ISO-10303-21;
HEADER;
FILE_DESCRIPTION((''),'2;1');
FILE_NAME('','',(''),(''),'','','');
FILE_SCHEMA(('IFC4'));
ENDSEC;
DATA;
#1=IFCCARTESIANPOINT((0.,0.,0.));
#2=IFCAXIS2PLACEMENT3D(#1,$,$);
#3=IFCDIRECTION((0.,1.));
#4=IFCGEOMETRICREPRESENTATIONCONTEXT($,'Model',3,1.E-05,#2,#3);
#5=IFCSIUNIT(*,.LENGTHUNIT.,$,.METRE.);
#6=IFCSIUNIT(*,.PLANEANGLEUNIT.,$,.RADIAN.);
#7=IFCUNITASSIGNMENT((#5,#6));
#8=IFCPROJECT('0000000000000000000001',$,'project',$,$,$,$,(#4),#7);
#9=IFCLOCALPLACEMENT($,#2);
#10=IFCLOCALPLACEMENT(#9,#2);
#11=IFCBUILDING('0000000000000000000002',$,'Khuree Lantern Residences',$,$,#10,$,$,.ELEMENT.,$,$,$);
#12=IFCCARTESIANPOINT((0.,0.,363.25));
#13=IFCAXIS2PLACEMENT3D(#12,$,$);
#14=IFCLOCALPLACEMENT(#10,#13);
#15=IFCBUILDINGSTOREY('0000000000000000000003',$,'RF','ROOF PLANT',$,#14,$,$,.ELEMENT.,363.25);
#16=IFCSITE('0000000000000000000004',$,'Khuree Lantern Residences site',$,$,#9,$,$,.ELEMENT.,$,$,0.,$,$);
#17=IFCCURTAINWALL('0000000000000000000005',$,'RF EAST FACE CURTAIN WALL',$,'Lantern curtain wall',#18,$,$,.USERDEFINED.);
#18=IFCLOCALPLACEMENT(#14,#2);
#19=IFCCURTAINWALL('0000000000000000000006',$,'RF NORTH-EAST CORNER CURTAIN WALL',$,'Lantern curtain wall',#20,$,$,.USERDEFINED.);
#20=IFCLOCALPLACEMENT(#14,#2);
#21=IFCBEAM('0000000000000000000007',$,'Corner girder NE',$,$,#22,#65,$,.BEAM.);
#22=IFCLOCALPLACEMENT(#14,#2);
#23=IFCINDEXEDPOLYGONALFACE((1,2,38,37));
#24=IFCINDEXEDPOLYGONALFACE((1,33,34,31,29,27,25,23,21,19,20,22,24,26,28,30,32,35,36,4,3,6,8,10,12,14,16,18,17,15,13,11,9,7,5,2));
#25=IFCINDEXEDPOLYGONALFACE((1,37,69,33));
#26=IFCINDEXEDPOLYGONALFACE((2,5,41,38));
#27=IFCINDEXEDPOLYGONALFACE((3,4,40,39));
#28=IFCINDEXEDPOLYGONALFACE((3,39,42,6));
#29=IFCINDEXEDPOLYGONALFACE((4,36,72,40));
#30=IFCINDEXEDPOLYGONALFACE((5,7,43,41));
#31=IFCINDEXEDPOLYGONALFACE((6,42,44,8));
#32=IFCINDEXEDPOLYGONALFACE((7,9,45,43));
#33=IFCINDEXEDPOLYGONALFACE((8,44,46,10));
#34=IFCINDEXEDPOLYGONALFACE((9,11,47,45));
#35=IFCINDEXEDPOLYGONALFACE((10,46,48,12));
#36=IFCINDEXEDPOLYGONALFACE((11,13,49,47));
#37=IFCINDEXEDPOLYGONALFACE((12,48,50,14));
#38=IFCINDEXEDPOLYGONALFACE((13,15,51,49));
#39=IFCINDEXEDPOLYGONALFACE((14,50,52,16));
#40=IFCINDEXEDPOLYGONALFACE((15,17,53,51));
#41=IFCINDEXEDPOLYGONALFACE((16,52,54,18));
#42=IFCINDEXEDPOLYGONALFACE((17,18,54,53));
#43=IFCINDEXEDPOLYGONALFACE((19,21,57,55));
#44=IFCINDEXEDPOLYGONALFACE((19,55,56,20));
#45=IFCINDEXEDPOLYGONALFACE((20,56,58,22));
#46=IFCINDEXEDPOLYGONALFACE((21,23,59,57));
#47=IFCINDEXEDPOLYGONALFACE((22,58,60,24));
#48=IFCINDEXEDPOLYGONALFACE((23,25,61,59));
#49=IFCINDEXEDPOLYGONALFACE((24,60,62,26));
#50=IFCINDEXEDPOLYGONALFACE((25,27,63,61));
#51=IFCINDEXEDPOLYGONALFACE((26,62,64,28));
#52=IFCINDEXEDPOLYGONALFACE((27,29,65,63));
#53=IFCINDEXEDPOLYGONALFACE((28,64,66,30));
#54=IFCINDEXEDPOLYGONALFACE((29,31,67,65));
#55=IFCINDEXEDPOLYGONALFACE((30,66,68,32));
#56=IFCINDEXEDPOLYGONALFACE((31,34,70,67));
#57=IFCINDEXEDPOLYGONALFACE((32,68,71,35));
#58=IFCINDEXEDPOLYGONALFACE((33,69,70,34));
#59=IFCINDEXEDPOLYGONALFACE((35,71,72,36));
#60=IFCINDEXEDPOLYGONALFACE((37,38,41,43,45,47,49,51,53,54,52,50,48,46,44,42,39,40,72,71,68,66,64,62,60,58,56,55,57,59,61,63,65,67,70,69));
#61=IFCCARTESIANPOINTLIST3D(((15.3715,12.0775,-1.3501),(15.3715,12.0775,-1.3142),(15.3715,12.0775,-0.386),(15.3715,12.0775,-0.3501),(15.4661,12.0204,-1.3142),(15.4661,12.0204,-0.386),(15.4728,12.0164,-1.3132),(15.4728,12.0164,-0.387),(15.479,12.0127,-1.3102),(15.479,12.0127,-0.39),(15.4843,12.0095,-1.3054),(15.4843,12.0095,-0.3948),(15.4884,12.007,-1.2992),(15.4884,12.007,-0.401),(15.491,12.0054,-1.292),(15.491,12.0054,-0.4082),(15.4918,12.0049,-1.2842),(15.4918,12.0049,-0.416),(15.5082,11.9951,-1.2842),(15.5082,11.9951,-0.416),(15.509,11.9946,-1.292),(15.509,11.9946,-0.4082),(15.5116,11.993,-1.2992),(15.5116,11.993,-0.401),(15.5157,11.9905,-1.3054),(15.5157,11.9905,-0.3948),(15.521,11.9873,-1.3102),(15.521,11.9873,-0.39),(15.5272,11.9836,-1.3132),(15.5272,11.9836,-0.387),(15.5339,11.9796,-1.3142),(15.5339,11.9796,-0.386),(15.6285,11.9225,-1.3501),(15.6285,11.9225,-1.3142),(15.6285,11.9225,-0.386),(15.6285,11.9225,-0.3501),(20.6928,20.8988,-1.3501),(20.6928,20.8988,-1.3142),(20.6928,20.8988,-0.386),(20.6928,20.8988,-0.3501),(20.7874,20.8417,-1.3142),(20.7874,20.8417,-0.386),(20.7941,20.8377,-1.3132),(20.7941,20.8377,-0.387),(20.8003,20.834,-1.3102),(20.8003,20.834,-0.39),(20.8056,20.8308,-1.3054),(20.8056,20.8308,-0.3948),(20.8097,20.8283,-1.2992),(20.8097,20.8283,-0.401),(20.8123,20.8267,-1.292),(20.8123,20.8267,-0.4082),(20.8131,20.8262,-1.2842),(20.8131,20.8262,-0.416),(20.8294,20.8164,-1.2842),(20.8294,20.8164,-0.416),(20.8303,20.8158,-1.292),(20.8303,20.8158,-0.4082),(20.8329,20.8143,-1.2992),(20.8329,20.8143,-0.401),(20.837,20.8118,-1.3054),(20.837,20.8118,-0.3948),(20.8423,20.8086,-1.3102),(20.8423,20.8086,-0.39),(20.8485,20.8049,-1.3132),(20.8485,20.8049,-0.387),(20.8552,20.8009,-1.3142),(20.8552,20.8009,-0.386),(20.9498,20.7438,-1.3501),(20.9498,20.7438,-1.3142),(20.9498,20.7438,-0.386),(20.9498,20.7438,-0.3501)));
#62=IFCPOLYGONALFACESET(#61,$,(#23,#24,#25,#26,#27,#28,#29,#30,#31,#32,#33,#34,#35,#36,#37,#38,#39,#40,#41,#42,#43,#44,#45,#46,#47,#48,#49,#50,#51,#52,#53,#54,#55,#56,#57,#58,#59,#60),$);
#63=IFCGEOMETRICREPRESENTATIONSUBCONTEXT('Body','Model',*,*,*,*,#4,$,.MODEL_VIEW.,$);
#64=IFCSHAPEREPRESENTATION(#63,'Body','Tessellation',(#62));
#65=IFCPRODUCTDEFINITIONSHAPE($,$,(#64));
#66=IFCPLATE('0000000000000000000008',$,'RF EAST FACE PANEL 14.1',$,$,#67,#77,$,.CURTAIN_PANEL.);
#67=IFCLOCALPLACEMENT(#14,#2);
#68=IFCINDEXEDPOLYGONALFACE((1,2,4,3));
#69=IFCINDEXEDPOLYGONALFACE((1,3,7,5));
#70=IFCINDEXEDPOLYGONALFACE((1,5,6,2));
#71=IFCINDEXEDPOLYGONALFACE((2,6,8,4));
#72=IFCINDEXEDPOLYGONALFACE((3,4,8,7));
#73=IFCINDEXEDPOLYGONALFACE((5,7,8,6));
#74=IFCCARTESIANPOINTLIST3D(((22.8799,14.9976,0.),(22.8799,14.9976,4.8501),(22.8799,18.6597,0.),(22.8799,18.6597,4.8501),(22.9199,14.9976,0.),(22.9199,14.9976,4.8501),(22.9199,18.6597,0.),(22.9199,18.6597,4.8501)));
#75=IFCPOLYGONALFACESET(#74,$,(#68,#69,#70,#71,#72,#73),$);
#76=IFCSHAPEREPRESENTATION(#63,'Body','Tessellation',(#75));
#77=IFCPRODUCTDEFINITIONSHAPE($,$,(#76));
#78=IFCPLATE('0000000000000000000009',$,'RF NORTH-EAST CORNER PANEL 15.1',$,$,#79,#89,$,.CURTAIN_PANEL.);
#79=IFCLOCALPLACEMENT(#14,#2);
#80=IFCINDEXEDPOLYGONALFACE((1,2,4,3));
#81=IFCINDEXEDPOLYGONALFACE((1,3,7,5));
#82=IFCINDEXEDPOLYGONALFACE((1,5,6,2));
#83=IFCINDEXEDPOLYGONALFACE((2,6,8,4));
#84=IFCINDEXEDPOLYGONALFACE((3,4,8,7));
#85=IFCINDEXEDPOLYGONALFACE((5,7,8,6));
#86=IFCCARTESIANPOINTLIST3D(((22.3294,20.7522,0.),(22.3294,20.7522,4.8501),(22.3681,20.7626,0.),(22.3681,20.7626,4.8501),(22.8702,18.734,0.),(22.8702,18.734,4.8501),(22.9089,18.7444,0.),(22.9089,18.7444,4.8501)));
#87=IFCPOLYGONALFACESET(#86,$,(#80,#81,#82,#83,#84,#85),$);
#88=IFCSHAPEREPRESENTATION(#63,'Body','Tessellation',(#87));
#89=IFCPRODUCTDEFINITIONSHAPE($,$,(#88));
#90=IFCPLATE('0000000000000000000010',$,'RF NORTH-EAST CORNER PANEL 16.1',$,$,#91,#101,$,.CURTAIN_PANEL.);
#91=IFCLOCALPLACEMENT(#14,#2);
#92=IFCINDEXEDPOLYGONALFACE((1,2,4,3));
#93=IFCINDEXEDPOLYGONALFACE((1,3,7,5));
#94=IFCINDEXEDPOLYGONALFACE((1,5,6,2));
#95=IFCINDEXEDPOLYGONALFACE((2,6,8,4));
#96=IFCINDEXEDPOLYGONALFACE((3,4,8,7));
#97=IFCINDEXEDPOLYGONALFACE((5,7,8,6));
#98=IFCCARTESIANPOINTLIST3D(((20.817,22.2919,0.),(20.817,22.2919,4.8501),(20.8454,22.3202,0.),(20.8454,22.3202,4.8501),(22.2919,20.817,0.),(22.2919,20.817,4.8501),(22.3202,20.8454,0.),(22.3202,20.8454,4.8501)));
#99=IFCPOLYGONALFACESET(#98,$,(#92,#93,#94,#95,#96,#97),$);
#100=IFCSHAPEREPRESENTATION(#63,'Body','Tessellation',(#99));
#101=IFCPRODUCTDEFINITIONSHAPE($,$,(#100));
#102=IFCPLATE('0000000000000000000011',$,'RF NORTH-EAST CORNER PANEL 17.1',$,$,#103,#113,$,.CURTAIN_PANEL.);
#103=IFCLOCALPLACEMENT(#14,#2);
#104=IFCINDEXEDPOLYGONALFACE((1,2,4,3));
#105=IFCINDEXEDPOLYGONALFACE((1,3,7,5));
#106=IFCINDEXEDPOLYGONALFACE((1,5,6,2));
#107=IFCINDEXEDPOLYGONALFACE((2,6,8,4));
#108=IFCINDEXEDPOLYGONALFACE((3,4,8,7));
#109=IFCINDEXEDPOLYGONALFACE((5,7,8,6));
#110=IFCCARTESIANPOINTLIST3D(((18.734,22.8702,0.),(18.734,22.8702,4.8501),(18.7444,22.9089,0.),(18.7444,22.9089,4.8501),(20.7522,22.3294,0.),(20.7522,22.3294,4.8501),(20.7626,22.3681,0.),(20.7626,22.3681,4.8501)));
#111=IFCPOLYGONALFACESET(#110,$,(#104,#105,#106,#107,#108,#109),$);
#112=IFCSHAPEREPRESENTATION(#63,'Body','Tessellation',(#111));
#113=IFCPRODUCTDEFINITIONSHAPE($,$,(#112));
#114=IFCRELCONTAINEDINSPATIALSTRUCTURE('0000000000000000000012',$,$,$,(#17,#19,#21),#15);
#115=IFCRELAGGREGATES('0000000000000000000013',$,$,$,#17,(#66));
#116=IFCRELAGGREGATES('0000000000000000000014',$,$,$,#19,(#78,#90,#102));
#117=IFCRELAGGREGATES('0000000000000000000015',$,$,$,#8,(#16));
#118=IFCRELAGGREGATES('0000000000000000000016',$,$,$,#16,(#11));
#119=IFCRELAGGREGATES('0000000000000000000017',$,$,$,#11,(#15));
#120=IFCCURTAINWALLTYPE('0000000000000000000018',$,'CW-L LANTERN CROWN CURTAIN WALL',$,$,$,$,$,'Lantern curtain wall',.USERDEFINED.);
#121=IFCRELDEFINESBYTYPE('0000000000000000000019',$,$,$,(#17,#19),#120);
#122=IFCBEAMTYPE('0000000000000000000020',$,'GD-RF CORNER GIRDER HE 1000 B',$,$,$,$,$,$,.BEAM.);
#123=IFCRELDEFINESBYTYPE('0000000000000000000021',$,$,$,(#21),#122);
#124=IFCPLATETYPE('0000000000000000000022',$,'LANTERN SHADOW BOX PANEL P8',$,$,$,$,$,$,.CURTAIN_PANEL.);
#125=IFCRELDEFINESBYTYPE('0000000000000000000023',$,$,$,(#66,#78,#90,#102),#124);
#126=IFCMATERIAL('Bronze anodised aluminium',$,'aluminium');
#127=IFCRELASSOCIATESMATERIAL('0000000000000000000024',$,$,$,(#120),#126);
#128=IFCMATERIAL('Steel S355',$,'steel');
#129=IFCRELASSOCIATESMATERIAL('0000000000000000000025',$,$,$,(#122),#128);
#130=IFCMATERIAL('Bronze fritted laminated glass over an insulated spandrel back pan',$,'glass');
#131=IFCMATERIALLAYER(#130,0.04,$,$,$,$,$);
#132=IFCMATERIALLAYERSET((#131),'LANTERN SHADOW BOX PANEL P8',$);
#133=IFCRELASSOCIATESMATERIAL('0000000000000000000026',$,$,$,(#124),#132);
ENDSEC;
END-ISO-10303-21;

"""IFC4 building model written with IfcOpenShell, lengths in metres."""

from ifc_helpers import new_model, si_unit, direction, frame, origin, origin_2d, place, context, subcontext, project, spatial, rectangle, i_section, extrude, material, layer, layer_set, material_profile, profile_set, type_object, element, aggregate, save


model = new_model("IFC4")

# Units and contexts
model_context = context("Model", 3, precision=1e-05, world=origin(), true_north=direction((0.0, 1.0)))
body_context = subcontext(model_context, "Body", "Model", "MODEL_VIEW")
ifc_project = project(units=[si_unit("LENGTHUNIT", "METRE"), si_unit("PLANEANGLEUNIT", "RADIAN")], contexts=[model_context])

# Site, building, storey
site_placement = place(None, origin())
site = spatial("IfcSite", under=ifc_project, at=site_placement, Name="Khuree Lantern Residences site", CompositionType="ELEMENT", RefElevation=0.0)
building_placement = place(site_placement, origin())
building = spatial("IfcBuilding", under=site, at=building_placement, Name="Khuree Lantern Residences", CompositionType="ELEMENT")
storey_placement = place(building_placement, frame((0.0, 0.0, 363.25)))
storey = spatial("IfcBuildingStorey", under=building, at=storey_placement, Name="RF", Description="ROOF PLANT", CompositionType="ELEMENT", Elevation=363.25)

# Shared definitions
ifc_material_1 = material(Name="Steel S355", Category="steel")

# Curtain wall
ifc_material_2 = material(Name="Bronze anodised aluminium", Category="aluminium")
curtain_wall_type = type_object("IfcCurtainWallType", Name="CW-L LANTERN CROWN CURTAIN WALL", ElementType="Lantern curtain wall", PredefinedType="USERDEFINED", material=ifc_material_2)
curtain_wall_1_placement = place(storey_placement, origin())
curtain_wall_1 = element("IfcCurtainWall", 1, at=curtain_wall_1_placement, inside=storey, type_object=curtain_wall_type, Name="RF EAST FACE CURTAIN WALL", ObjectType="Lantern curtain wall", PredefinedType="USERDEFINED")

# Curtain wall
curtain_wall_2_placement = place(storey_placement, origin())
curtain_wall_2 = element("IfcCurtainWall", 2, at=curtain_wall_2_placement, inside=storey, type_object=curtain_wall_type, Name="RF NORTH-EAST CORNER CURTAIN WALL", ObjectType="Lantern curtain wall", PredefinedType="USERDEFINED")

# Beam
ifc_material_profile_1 = material_profile(ifc_material_1, i_section(OverallWidth=0.3, OverallDepth=1.0, WebThickness=0.019, FlangeThickness=0.0359, FilletRadius=0.03, at=origin_2d()), Name="HE 1000 B")
ifc_profile_set_1 = profile_set([ifc_material_profile_1], Name="Steel S355")
beam_type_1 = type_object("IfcBeamType", Name="GD-RF CORNER GIRDER HE 1000 B", PredefinedType="BEAM", material=ifc_profile_set_1)
beam_1_placement = place(storey_placement, frame((20.8213, 20.8213, -0.8501), z_axis=(-0.51653, -0.856269, 0.0), x_axis=(0.856269, -0.51653, 0.0)))
element("IfcBeam", 3, at=beam_1_placement, inside=storey, type_object=beam_type_1, Name="Corner girder NE", PredefinedType="BEAM", context=body_context, shape_type="SweptSolid", body=[
    extrude(i_section(OverallWidth=0.3, OverallDepth=1.0, WebThickness=0.019, FlangeThickness=0.0359, FilletRadius=0.03, at=origin_2d()), origin(), (0.0, 0.0, 1.0), 10.302),
])

# Plates
ifc_material_3 = material(Name="Bronze fritted laminated glass over an insulated spandrel back pan", Category="glass")
ifc_layer = layer(ifc_material_3, 0.04)
ifc_layer_set = layer_set([ifc_layer], Name="LANTERN SHADOW BOX PANEL P8")
plate_type = type_object("IfcPlateType", Name="LANTERN SHADOW BOX PANEL P8", PredefinedType="CURTAIN_PANEL", material=ifc_layer_set)
plate_1_placement = place(storey_placement, frame((22.8999, 16.8286, 0.0), z_axis=(0.0, 0.0, 1.0), x_axis=(0.0, 1.0, 0.0)))
plate_1 = element("IfcPlate", 4, at=plate_1_placement, type_object=plate_type, Name="RF EAST FACE PANEL 14.1", PredefinedType="CURTAIN_PANEL", context=body_context, shape_type="SweptSolid", body=[
    extrude(rectangle(XDim=3.6621, YDim=0.04, at=origin_2d()), origin(), (0.0, 0.0, 1.0), 4.8501),
])
aggregate(curtain_wall_1, [plate_1])
plate_2_placement = place(storey_placement, frame((22.6191, 19.7483, 0.0), z_axis=(0.0, 0.0, 1.0), x_axis=(-0.258819, 0.965926, 0.0)))
plate_2 = element("IfcPlate", 5, at=plate_2_placement, type_object=plate_type, Name="RF NORTH-EAST CORNER PANEL 15.1", PredefinedType="CURTAIN_PANEL", context=body_context, shape_type="SweptSolid", body=[
    extrude(rectangle(XDim=2.0894, YDim=0.04, at=origin_2d()), origin(), (0.0, 0.0, 1.0), 4.8501),
])
plate_3_placement = place(storey_placement, frame((21.5686, 21.5686, 0.0), z_axis=(0.0, 0.0, 1.0), x_axis=(-0.707107, 0.707107, 0.0)))
plate_3 = element("IfcPlate", 6, at=plate_3_placement, type_object=plate_type, Name="RF NORTH-EAST CORNER PANEL 16.1", PredefinedType="CURTAIN_PANEL", context=body_context, shape_type="SweptSolid", body=[
    extrude(rectangle(XDim=2.0857, YDim=0.04, at=origin_2d()), origin(), (0.0, 0.0, 1.0), 4.8501),
])
plate_4_placement = place(storey_placement, frame((19.7483, 22.6191, 0.0), z_axis=(0.0, 0.0, 1.0), x_axis=(-0.965926, 0.258819, 0.0)))
plate_4 = element("IfcPlate", 7, at=plate_4_placement, type_object=plate_type, Name="RF NORTH-EAST CORNER PANEL 17.1", PredefinedType="CURTAIN_PANEL", context=body_context, shape_type="SweptSolid", body=[
    extrude(rectangle(XDim=2.0894, YDim=0.04, at=origin_2d()), origin(), (0.0, 0.0, 1.0), 4.8501),
])
aggregate(curtain_wall_2, [plate_2, plate_3, plate_4])

save(model, "model.ifc")
